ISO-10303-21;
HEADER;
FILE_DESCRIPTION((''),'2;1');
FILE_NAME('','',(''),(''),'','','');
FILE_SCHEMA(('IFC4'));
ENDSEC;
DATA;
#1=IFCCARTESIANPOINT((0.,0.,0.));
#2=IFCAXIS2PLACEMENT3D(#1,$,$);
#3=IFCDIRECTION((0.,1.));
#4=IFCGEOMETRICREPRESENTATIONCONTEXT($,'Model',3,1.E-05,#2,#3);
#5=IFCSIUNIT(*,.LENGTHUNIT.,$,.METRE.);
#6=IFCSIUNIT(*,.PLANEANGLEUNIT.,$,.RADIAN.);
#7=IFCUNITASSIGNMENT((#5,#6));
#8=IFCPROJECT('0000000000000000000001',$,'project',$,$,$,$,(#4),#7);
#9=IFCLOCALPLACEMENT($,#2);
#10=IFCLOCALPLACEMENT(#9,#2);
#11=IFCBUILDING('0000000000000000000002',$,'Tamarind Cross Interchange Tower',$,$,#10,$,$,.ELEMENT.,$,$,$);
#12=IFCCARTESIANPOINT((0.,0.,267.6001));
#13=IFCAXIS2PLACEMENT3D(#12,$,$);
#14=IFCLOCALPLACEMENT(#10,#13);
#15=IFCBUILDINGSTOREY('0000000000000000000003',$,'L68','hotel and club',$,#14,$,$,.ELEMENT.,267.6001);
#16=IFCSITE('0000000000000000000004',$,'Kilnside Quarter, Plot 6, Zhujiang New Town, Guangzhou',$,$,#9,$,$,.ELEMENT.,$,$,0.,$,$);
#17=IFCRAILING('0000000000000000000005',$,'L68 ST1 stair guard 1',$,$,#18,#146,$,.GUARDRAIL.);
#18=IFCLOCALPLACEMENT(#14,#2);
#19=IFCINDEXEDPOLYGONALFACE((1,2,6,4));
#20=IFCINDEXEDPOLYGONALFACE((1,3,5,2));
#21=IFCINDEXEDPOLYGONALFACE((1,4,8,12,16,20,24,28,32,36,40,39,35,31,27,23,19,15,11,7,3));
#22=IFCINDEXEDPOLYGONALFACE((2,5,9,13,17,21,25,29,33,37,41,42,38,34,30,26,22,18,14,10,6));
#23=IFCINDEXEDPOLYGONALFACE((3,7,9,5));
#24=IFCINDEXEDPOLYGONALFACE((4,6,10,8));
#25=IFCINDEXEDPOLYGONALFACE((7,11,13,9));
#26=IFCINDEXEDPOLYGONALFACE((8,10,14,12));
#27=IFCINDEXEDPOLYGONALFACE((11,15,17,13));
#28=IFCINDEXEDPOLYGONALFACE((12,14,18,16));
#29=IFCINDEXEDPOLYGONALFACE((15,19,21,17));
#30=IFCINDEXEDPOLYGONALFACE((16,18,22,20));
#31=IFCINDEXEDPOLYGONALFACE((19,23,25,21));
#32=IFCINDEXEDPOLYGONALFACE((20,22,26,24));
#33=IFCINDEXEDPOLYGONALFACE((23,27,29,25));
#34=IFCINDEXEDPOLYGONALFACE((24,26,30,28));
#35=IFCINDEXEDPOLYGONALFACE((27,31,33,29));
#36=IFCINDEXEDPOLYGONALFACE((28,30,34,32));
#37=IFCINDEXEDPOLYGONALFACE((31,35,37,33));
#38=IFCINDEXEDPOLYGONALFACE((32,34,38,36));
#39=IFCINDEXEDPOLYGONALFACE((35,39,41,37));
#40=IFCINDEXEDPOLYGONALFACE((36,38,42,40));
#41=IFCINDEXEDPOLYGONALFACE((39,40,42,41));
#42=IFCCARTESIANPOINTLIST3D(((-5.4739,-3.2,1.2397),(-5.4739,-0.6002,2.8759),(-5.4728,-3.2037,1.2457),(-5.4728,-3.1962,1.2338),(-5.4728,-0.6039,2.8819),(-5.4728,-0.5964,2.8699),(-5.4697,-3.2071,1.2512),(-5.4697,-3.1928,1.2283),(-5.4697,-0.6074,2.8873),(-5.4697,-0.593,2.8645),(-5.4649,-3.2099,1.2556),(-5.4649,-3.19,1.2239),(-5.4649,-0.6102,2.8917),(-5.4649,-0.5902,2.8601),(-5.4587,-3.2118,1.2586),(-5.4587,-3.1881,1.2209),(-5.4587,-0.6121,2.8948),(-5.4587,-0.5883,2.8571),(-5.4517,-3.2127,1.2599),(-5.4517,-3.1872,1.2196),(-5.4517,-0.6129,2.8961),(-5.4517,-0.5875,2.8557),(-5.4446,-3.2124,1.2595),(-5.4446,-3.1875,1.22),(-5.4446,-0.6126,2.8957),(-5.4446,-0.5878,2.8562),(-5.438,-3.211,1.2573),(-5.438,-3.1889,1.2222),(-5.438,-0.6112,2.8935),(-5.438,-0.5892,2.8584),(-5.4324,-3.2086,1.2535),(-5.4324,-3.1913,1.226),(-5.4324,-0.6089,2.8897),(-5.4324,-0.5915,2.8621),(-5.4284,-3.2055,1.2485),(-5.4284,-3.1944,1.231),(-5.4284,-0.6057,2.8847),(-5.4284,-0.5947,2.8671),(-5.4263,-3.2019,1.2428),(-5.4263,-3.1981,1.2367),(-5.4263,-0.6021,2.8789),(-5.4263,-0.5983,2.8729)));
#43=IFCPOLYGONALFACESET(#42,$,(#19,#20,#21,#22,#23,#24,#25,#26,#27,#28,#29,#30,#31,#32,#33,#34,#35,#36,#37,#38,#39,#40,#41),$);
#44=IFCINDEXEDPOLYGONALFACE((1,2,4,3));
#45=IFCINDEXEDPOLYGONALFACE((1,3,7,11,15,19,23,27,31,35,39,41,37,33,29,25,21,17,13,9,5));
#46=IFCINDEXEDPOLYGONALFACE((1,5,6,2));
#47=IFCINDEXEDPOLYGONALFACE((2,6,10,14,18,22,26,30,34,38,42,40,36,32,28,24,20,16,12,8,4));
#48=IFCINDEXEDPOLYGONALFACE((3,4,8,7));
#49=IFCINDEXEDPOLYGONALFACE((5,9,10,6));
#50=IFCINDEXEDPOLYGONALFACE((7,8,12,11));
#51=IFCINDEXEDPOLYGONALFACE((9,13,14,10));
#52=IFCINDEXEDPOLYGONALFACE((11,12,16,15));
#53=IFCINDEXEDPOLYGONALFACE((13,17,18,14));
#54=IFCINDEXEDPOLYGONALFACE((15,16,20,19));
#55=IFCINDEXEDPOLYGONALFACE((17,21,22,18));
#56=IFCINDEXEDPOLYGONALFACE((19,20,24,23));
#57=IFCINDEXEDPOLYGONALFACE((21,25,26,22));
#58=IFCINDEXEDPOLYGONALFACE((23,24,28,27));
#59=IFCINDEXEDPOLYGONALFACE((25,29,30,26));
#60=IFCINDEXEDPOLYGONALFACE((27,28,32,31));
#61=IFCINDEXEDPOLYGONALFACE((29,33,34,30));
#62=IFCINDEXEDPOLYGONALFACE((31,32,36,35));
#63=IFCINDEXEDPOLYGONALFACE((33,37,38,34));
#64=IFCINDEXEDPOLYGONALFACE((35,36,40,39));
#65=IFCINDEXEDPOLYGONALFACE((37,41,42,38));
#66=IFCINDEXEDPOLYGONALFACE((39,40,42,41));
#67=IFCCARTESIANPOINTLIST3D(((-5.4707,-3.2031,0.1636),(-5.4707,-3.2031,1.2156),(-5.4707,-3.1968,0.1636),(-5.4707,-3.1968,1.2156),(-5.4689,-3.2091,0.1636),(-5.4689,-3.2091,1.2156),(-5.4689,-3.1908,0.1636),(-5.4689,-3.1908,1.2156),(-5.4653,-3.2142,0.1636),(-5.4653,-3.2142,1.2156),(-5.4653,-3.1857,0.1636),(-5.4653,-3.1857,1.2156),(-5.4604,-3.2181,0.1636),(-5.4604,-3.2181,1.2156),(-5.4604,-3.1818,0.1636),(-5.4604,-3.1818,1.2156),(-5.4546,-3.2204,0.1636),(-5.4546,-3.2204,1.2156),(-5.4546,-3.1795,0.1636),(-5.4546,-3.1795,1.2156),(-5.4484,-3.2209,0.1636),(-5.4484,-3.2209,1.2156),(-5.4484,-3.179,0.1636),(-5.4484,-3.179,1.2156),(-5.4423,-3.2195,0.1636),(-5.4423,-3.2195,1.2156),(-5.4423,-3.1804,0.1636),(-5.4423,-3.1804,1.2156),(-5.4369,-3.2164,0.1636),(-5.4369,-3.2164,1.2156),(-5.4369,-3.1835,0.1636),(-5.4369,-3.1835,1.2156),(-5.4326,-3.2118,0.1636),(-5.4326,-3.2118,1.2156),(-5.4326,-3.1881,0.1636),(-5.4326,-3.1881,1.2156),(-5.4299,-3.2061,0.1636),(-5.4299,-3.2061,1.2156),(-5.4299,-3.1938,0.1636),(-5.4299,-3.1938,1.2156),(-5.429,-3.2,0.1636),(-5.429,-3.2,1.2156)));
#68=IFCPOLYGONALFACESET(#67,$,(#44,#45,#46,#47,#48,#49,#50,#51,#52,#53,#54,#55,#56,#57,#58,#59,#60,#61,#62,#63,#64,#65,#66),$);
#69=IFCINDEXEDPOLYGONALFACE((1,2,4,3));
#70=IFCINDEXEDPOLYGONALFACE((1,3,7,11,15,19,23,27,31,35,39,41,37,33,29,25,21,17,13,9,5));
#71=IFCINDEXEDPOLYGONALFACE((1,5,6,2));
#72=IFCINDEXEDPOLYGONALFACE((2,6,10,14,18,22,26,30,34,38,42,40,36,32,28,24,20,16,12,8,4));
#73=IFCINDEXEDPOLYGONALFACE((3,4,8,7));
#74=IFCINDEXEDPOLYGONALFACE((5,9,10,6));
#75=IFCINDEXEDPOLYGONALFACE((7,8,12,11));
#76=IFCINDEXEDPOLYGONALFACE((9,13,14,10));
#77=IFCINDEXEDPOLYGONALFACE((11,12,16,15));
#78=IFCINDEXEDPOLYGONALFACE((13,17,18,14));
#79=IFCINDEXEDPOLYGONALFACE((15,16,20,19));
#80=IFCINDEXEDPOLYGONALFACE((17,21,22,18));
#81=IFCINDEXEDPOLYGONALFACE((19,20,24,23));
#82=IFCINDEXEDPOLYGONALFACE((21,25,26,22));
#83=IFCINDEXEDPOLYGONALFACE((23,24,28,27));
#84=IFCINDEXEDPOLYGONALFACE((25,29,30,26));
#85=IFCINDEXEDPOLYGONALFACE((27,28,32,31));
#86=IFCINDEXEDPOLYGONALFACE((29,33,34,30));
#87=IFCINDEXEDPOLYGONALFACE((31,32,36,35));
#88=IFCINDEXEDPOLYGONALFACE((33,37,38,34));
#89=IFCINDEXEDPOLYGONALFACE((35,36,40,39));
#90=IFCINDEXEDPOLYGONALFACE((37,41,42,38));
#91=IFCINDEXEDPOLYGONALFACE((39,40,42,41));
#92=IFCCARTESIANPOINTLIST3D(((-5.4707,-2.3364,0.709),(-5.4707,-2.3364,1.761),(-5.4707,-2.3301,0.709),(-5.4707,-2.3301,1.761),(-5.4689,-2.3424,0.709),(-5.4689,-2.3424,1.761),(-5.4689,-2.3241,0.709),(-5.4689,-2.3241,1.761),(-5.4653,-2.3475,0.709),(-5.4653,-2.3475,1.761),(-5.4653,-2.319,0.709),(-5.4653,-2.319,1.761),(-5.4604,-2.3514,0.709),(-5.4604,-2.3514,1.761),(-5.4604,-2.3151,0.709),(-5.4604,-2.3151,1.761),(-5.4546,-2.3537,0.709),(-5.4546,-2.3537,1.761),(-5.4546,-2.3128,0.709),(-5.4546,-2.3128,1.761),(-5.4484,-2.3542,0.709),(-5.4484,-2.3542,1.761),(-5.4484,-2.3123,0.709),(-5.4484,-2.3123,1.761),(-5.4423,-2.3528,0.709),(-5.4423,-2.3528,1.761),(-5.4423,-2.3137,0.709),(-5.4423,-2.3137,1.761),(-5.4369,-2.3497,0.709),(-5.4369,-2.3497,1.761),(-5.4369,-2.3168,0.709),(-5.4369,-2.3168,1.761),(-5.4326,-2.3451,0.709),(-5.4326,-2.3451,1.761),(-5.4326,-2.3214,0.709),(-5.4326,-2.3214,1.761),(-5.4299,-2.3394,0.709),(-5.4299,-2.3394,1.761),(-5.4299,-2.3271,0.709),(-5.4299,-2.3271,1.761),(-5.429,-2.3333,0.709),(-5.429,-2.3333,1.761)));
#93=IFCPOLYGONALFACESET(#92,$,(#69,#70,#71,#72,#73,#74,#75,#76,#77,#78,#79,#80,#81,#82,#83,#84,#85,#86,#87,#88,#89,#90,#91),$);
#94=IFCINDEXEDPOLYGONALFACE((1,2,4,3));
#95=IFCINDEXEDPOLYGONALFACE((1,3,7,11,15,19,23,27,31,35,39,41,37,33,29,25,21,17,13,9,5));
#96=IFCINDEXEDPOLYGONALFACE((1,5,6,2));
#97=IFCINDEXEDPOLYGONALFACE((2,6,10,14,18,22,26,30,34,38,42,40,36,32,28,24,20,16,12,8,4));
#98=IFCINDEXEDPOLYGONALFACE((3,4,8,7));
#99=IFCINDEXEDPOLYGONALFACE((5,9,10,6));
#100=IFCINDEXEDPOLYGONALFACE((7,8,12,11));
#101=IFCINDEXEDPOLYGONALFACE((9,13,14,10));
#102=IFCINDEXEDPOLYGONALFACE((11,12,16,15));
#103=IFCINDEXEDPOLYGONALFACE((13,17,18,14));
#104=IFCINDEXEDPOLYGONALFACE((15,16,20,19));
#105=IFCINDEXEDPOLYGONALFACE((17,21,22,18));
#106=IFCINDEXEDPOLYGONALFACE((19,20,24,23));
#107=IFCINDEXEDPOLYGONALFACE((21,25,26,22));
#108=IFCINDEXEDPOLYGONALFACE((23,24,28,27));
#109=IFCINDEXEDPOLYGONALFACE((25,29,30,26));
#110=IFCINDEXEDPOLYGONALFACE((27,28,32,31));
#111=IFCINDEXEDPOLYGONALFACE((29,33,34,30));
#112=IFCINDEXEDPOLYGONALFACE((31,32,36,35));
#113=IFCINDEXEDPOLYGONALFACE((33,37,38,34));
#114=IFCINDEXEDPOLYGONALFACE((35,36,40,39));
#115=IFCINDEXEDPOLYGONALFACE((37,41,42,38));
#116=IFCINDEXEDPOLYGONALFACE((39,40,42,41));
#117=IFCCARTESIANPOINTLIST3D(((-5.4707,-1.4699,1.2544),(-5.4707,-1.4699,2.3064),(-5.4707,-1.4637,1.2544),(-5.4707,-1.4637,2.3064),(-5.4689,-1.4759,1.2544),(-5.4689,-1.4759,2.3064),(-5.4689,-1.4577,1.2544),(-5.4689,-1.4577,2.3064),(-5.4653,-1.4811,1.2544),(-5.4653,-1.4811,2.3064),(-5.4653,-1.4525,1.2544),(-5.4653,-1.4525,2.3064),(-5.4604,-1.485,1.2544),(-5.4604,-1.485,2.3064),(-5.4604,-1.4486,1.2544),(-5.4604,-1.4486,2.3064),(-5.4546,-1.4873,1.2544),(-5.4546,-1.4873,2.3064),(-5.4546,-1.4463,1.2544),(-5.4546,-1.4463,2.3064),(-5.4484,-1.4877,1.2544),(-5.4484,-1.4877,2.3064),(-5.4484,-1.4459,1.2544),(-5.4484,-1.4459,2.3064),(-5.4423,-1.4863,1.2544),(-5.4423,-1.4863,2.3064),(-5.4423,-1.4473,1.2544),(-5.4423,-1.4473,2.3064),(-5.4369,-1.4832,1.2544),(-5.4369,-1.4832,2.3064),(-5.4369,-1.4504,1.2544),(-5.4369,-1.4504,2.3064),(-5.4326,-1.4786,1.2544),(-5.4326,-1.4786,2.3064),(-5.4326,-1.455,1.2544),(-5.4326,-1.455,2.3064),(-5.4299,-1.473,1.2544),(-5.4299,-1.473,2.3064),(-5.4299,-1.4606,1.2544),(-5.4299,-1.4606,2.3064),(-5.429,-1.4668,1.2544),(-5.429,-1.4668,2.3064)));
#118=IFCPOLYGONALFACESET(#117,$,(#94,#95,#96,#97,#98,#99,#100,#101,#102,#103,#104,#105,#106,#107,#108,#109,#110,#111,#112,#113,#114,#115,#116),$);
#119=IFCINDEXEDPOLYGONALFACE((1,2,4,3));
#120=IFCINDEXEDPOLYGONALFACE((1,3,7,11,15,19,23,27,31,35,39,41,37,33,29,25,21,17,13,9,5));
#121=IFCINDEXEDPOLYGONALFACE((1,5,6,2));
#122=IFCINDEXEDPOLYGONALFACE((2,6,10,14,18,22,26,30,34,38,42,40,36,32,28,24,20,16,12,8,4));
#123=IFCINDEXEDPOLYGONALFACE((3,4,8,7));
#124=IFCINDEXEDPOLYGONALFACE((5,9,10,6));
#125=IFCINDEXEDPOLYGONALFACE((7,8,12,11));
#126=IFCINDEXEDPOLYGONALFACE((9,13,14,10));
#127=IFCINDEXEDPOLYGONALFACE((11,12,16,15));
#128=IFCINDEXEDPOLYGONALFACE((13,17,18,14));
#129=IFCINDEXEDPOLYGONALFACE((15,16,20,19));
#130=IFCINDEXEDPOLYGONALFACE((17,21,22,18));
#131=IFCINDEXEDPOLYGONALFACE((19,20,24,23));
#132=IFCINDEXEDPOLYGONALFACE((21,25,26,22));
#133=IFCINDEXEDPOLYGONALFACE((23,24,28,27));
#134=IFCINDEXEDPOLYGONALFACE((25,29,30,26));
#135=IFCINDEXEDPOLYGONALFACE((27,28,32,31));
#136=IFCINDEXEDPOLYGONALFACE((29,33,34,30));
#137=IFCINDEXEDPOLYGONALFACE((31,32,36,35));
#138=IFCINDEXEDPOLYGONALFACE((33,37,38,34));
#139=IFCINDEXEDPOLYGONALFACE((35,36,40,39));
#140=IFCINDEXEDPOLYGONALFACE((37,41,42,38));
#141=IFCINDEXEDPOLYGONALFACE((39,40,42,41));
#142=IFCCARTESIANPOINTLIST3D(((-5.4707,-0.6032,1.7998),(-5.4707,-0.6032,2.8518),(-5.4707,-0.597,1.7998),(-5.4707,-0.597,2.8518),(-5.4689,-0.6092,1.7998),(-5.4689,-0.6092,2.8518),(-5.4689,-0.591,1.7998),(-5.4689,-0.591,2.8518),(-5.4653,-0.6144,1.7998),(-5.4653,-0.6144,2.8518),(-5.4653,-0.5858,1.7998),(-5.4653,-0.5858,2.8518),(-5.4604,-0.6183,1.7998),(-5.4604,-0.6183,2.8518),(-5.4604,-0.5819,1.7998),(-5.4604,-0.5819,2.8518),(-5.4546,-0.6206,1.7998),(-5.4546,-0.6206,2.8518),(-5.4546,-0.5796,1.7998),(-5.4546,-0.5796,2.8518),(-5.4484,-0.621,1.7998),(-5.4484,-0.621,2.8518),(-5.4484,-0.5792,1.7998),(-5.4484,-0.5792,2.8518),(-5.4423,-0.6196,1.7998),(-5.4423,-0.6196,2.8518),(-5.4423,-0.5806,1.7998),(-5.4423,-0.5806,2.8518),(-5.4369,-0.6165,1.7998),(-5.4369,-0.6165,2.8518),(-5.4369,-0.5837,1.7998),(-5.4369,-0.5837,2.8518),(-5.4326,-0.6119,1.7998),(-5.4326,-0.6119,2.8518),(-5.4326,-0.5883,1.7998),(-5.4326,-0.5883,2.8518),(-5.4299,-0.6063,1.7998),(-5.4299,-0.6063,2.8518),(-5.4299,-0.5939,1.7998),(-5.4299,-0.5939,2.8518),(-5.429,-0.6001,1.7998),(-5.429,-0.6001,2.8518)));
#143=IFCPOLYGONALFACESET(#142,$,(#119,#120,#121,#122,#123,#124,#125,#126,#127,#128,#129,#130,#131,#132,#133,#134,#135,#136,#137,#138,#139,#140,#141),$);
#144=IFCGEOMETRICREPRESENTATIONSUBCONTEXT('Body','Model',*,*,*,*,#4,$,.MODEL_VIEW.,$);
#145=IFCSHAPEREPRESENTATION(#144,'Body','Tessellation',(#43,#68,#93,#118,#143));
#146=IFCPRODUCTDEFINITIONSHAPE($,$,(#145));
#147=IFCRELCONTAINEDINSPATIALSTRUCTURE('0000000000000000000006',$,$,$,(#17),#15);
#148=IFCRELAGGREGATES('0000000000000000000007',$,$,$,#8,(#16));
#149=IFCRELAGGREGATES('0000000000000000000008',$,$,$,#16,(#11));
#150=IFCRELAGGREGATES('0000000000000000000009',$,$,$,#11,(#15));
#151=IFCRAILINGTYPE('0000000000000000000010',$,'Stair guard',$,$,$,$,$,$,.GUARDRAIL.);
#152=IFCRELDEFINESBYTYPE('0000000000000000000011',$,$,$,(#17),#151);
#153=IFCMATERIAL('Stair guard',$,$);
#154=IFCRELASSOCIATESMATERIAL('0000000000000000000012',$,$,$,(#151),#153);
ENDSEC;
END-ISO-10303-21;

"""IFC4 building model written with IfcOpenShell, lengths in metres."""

from ifc_helpers import new_model, si_unit, direction, frame, origin, origin_2d, place, context, subcontext, project, spatial, circle, extrude, material, type_object, element, save


model = new_model("IFC4")

# Units and contexts
model_context = context("Model", 3, precision=1e-05, world=origin(), true_north=direction((0.0, 1.0)))
body_context = subcontext(model_context, "Body", "Model", "MODEL_VIEW")
ifc_project = project(units=[si_unit("LENGTHUNIT", "METRE"), si_unit("PLANEANGLEUNIT", "RADIAN")], contexts=[model_context])

# Site, building, storey
site_placement = place(None, origin())
site = spatial("IfcSite", under=ifc_project, at=site_placement, Name="Kilnside Quarter, Plot 6, Zhujiang New Town, Guangzhou", CompositionType="ELEMENT", RefElevation=0.0)
building_placement = place(site_placement, origin())
building = spatial("IfcBuilding", under=site, at=building_placement, Name="Tamarind Cross Interchange Tower", CompositionType="ELEMENT")
storey_placement = place(building_placement, frame((0.0, 0.0, 267.6001)))
storey = spatial("IfcBuildingStorey", under=building, at=storey_placement, Name="L68", Description="hotel and club", CompositionType="ELEMENT", Elevation=267.6001)

# Railing
ifc_material_1 = material(Name="Stair guard")
railing_type_1 = type_object("IfcRailingType", Name="Stair guard", PredefinedType="GUARDRAIL", material=ifc_material_1)
railing_1_placement = place(storey_placement, frame((-5.45, -3.2, 0.1636)))
element("IfcRailing", 1, at=railing_1_placement, inside=storey, type_object=railing_type_1, Name="L68 ST1 stair guard 1", PredefinedType="GUARDRAIL", context=body_context, shape_type="SweptSolid", body=[
    extrude(circle(Radius=0.0239, at=origin_2d()), frame((0.0, 0.0, 1.0762), z_axis=(0.0, 0.846338, 0.532647), x_axis=(-1.0, 0.0, 0.0)), (0.0, 0.0, 1.0), 3.0718),
    extrude(circle(Radius=0.021, at=origin_2d()), origin(), (0.0, 0.0, 1.0), 1.052),
    extrude(circle(Radius=0.021, at=origin_2d()), frame((0.0, 0.8667, 0.5454)), (0.0, 0.0, 1.0), 1.052),
    extrude(circle(Radius=0.021, at=origin_2d()), frame((0.0, 1.7332, 1.0908)), (0.0, 0.0, 1.0), 1.052),
    extrude(circle(Radius=0.021, at=origin_2d()), frame((0.0, 2.5999, 1.6362)), (0.0, 0.0, 1.0), 1.052),
])

save(model, "model.ifc")
